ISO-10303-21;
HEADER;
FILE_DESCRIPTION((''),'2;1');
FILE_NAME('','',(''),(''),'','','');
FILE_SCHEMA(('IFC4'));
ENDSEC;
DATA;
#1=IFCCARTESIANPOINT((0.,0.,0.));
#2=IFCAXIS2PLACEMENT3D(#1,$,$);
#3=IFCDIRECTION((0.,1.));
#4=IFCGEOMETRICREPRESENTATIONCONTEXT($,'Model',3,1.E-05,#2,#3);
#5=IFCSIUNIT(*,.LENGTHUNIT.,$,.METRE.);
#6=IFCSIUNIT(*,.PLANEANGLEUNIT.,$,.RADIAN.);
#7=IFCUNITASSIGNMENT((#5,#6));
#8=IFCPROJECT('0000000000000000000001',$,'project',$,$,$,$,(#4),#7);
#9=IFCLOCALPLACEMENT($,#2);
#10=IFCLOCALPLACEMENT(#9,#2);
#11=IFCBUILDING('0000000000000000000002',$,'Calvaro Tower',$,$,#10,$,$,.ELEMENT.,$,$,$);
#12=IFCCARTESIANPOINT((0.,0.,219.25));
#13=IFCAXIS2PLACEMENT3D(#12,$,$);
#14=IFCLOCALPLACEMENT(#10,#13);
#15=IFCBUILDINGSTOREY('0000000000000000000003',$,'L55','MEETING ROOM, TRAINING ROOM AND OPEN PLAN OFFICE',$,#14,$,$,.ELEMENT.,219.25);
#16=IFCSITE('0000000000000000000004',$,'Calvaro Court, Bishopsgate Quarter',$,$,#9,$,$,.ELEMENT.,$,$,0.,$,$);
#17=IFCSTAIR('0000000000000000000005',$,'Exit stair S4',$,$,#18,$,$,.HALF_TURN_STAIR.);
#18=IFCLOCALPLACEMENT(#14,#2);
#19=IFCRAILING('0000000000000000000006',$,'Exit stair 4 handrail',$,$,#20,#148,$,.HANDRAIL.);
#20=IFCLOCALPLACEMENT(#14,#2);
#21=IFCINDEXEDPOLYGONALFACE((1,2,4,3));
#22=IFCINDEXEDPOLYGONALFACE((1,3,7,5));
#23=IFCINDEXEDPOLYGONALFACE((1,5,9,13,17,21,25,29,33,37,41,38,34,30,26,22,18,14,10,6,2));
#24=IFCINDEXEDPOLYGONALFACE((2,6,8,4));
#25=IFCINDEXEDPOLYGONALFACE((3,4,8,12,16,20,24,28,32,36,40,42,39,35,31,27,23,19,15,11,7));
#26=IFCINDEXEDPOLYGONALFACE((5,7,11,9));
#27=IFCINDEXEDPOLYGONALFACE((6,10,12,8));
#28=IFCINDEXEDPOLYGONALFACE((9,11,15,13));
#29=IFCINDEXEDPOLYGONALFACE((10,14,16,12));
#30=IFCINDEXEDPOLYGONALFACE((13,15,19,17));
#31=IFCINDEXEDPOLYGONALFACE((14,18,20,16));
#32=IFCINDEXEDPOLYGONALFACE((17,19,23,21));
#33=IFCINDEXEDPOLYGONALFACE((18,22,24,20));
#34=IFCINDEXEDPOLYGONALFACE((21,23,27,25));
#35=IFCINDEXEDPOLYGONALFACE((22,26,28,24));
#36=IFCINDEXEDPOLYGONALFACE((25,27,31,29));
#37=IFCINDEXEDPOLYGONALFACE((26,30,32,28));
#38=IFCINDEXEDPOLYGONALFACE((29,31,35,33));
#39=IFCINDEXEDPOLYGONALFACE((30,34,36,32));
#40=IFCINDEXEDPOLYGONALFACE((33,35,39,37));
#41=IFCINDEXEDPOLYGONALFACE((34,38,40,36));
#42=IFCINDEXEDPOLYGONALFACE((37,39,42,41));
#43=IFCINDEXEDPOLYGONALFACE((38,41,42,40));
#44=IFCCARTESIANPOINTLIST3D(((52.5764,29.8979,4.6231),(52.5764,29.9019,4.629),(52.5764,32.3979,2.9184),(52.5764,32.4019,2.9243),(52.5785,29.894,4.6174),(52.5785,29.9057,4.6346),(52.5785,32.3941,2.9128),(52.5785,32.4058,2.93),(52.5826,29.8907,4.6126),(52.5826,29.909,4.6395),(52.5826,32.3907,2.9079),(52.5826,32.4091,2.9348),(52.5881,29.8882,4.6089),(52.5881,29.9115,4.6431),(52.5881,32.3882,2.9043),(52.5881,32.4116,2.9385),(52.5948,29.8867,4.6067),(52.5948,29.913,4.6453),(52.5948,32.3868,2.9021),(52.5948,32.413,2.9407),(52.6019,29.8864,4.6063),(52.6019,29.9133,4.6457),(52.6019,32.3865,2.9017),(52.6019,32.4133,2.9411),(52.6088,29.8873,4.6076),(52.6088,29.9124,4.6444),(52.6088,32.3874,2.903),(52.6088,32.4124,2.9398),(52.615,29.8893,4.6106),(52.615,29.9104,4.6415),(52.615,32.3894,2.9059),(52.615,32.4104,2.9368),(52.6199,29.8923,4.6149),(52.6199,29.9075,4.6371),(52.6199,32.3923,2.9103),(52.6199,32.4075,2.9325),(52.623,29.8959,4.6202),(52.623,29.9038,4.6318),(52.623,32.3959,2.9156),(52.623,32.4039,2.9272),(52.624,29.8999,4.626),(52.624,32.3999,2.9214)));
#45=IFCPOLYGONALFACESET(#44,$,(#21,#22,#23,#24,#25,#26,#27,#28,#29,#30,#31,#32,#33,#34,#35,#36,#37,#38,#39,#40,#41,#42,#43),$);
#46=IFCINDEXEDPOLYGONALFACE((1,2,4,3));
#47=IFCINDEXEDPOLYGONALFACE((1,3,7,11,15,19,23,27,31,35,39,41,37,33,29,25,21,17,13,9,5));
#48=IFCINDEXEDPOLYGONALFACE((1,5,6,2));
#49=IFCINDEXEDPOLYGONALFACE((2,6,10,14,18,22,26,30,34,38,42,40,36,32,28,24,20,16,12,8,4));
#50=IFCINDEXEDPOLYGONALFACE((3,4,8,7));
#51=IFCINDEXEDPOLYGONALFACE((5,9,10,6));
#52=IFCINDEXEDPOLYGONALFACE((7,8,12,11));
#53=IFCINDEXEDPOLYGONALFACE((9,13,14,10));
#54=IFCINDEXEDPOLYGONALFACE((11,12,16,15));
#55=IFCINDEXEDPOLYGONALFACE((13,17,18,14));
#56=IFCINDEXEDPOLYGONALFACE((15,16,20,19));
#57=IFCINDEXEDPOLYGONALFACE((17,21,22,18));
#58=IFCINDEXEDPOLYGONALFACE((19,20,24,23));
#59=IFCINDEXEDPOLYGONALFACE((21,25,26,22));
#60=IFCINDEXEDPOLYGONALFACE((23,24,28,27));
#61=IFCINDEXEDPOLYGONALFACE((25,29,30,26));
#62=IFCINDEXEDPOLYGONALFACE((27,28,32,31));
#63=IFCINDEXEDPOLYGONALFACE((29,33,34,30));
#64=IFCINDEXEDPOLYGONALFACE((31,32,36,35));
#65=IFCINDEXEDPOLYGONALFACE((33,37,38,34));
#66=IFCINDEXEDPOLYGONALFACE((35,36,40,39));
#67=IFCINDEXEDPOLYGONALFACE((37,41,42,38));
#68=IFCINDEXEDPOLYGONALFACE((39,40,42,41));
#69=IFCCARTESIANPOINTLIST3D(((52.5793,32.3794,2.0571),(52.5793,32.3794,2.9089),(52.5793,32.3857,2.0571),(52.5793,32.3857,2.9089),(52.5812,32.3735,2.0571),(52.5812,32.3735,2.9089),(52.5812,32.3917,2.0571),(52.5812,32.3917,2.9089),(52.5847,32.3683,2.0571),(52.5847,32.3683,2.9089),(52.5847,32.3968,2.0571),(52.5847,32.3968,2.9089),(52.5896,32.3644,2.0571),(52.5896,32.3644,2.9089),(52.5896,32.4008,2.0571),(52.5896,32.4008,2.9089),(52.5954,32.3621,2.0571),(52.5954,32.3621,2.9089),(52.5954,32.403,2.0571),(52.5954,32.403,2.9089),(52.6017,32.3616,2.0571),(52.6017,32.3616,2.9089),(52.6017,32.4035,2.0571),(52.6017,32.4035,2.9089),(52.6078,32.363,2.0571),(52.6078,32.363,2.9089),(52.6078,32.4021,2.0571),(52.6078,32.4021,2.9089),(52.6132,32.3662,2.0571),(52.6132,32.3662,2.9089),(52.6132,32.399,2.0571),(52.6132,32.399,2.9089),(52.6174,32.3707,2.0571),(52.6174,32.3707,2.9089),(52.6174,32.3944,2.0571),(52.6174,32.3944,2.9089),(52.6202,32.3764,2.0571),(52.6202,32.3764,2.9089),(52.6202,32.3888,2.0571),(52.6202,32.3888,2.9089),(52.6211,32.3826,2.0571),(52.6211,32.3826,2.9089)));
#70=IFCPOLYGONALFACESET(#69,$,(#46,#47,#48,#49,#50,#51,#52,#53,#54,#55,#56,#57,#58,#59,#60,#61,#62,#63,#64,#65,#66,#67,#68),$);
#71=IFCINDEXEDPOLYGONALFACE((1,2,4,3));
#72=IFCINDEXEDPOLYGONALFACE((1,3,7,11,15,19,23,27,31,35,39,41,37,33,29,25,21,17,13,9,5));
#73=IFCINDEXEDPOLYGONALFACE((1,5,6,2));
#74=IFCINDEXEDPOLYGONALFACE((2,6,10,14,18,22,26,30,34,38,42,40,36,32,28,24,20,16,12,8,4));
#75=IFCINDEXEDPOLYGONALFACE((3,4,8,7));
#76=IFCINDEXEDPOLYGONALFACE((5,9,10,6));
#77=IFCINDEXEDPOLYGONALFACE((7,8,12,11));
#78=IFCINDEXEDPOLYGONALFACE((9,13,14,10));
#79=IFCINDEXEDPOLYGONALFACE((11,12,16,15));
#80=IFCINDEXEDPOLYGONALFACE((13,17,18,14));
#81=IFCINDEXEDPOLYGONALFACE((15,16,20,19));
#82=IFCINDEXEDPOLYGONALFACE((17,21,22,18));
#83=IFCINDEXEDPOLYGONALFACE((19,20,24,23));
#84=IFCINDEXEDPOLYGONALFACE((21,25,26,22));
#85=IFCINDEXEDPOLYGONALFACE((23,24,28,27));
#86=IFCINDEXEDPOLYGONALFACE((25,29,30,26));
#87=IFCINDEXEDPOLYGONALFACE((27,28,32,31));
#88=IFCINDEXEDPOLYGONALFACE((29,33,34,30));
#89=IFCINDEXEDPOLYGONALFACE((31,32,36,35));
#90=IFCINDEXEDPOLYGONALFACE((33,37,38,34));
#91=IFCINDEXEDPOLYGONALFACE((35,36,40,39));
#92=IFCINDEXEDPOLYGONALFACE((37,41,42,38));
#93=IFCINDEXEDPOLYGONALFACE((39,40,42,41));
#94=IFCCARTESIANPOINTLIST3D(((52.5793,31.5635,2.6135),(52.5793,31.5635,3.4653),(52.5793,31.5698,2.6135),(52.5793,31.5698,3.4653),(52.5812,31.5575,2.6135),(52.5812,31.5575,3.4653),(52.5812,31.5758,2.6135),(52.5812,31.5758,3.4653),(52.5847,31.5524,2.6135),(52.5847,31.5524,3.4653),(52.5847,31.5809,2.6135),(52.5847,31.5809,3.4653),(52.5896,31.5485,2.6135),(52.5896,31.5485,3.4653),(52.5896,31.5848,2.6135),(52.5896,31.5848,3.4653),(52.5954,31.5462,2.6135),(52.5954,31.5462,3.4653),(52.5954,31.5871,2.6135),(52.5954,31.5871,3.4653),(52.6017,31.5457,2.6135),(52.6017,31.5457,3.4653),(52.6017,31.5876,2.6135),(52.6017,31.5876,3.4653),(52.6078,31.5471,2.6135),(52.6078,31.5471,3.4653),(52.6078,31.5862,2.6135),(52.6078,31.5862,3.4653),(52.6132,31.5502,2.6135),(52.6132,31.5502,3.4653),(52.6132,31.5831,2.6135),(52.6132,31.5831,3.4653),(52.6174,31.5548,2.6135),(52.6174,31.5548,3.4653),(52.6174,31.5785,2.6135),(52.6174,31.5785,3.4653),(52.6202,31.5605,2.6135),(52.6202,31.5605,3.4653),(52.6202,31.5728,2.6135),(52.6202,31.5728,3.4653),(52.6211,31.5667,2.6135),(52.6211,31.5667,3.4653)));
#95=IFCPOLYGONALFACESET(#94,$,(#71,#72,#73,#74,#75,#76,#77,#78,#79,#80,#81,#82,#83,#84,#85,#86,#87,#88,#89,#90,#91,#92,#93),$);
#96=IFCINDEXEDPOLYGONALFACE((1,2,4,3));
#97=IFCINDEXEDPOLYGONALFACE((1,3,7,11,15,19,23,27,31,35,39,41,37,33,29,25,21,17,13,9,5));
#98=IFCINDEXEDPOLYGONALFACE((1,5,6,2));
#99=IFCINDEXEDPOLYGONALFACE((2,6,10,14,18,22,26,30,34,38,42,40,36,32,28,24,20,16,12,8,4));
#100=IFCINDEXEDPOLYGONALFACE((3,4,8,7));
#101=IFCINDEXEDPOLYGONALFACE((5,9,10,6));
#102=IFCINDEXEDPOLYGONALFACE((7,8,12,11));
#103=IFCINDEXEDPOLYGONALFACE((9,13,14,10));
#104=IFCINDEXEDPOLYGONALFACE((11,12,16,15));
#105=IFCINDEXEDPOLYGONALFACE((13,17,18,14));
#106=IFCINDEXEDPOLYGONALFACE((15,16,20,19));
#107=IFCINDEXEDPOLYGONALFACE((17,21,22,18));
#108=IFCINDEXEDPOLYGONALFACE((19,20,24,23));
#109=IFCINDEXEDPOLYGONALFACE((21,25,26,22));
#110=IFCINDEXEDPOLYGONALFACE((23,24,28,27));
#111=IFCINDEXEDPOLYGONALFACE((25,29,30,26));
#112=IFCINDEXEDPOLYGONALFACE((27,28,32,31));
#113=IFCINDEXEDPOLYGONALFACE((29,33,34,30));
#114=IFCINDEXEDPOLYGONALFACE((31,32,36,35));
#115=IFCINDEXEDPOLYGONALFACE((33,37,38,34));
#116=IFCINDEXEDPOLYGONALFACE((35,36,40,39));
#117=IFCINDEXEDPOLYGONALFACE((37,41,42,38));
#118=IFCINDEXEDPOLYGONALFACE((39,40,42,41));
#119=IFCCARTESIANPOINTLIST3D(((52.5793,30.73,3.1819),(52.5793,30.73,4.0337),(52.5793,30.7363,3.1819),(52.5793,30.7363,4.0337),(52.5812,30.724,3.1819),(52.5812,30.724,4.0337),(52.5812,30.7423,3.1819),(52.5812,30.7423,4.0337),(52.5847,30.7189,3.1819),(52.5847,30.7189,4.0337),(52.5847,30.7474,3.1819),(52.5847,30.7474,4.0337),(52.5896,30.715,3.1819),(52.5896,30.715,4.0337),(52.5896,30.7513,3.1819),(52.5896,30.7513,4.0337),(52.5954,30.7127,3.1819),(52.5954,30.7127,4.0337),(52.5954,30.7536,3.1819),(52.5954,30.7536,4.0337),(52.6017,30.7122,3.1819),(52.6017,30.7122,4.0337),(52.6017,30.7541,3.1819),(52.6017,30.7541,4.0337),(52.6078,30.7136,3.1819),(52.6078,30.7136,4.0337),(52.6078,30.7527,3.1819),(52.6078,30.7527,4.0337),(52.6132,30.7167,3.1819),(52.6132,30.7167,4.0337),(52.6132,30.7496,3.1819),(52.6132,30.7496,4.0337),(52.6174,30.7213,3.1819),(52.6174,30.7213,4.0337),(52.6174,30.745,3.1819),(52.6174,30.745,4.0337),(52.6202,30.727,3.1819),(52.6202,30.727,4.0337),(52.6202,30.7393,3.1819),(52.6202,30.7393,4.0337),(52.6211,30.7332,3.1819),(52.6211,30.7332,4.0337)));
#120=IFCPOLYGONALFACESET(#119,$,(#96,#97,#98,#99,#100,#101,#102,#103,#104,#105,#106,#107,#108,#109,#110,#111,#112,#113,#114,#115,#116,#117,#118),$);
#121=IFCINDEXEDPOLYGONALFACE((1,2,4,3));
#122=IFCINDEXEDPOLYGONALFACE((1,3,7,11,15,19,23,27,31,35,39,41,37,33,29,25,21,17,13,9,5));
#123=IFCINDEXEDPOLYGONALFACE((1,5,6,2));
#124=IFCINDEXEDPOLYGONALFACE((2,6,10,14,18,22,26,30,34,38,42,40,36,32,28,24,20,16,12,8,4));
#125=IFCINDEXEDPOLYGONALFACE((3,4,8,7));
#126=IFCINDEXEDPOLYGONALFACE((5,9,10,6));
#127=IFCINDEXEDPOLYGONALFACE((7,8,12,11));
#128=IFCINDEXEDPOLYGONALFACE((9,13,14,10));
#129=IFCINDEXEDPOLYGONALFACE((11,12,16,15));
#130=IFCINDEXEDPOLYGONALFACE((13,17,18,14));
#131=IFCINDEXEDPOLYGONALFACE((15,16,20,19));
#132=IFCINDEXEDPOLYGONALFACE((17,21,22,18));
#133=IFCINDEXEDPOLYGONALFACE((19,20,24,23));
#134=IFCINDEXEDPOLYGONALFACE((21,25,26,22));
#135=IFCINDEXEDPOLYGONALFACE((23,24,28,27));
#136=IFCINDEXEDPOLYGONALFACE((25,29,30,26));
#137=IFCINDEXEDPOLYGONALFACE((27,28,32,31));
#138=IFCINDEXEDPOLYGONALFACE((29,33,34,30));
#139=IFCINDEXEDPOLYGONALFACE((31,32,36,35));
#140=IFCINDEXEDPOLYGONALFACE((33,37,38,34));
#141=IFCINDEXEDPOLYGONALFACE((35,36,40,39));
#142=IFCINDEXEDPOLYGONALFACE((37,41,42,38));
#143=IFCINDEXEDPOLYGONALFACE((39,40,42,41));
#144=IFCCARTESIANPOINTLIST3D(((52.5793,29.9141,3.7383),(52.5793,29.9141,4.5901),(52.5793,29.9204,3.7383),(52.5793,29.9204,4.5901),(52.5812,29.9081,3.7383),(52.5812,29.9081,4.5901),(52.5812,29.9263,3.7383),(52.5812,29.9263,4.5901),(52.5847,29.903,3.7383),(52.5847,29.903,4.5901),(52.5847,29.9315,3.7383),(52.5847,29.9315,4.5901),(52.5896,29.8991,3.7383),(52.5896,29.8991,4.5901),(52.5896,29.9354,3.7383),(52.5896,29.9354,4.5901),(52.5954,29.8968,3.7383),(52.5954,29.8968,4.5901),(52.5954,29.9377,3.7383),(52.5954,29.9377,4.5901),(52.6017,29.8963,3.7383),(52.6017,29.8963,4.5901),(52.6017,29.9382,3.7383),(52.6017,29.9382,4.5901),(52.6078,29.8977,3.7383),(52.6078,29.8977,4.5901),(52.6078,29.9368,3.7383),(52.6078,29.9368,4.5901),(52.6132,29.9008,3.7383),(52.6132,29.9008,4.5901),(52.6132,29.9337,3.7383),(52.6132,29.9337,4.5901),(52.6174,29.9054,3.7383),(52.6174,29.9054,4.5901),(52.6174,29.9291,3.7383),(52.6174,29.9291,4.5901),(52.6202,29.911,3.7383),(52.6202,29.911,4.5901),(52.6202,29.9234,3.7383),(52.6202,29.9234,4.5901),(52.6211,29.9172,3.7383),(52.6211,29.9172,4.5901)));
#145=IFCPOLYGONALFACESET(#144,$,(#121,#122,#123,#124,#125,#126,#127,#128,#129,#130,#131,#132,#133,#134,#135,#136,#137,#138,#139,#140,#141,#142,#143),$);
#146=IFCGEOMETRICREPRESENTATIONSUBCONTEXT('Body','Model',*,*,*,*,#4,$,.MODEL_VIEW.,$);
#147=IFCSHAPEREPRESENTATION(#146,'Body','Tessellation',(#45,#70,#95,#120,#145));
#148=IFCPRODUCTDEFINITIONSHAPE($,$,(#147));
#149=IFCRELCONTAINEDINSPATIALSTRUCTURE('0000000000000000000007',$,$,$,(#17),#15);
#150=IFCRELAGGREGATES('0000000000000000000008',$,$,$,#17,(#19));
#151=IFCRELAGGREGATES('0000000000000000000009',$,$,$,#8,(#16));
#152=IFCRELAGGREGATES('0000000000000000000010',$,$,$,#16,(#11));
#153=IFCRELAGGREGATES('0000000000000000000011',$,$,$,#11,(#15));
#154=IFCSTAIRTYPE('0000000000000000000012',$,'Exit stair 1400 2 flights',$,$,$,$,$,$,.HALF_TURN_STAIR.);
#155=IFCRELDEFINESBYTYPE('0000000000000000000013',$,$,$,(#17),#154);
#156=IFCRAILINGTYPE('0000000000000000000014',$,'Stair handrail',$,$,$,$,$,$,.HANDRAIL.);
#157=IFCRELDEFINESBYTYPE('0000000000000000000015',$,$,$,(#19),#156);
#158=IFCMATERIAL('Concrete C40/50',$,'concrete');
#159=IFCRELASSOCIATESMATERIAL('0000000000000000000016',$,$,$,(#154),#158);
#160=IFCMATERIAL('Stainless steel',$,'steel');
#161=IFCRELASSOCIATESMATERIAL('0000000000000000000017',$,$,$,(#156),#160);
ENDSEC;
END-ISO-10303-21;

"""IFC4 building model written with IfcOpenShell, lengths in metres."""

from ifc_helpers import new_model, si_unit, direction, frame, origin, origin_2d, place, context, subcontext, project, spatial, circle, extrude, material, type_object, element, aggregate, save


model = new_model("IFC4")

# Units and contexts
model_context = context("Model", 3, precision=1e-05, world=origin(), true_north=direction((0.0, 1.0)))
body_context = subcontext(model_context, "Body", "Model", "MODEL_VIEW")
ifc_project = project(units=[si_unit("LENGTHUNIT", "METRE"), si_unit("PLANEANGLEUNIT", "RADIAN")], contexts=[model_context])

# Site, building, storey
site_placement = place(None, origin())
site = spatial("IfcSite", under=ifc_project, at=site_placement, Name="Calvaro Court, Bishopsgate Quarter", CompositionType="ELEMENT", RefElevation=0.0)
building_placement = place(site_placement, origin())
building = spatial("IfcBuilding", under=site, at=building_placement, Name="Calvaro Tower", CompositionType="ELEMENT")
storey_placement = place(building_placement, frame((0.0, 0.0, 219.25)))
storey = spatial("IfcBuildingStorey", under=building, at=storey_placement, Name="L55", Description="MEETING ROOM, TRAINING ROOM AND OPEN PLAN OFFICE", CompositionType="ELEMENT", Elevation=219.25)

# Shared definitions
ifc_material_1 = material(Name="Concrete C40/50", Category="concrete")
stair_type = type_object("IfcStairType", Name="Exit stair 1400 2 flights", PredefinedType="HALF_TURN_STAIR", material=ifc_material_1)

# Stair
stair_1_placement = place(storey_placement, origin())
stair_1 = element("IfcStair", 1, at=stair_1_placement, inside=storey, type_object=stair_type, Name="Exit stair S4", PredefinedType="HALF_TURN_STAIR")

# Railing
ifc_material_2 = material(Name="Stainless steel", Category="steel")
railing_type = type_object("IfcRailingType", Name="Stair handrail", PredefinedType="HANDRAIL", material=ifc_material_2)
railing_1_placement = place(storey_placement, frame((52.6001, 32.3999, 2.0454)))
railing_1 = element("IfcRailing", 2, at=railing_1_placement, type_object=railing_type, Name="Exit stair 4 handrail", PredefinedType="HANDRAIL", context=body_context, shape_type="SweptSolid", body=[
    extrude(circle(Radius=0.0239, at=origin_2d()), frame((0.0, 0.0, 0.876), z_axis=(0.0, -0.826221, 0.563347), x_axis=(1.0, 0.0, 0.0)), (0.0, 0.0, 1.0), 3.0259),
    extrude(circle(Radius=0.021, at=origin_2d()), frame((0.0, -0.0173, 0.0117)), (0.0, 0.0, 1.0), 0.8518),
    extrude(circle(Radius=0.021, at=origin_2d()), frame((0.0, -0.8333, 0.5681)), (0.0, 0.0, 1.0), 0.8518),
    extrude(circle(Radius=0.021, at=origin_2d()), frame((0.0, -1.6667, 1.1365)), (0.0, 0.0, 1.0), 0.8518),
    extrude(circle(Radius=0.021, at=origin_2d()), frame((0.0, -2.4827, 1.6929)), (0.0, 0.0, 1.0), 0.8518),
])
aggregate(stair_1, [railing_1])

save(model, "model.ifc")
